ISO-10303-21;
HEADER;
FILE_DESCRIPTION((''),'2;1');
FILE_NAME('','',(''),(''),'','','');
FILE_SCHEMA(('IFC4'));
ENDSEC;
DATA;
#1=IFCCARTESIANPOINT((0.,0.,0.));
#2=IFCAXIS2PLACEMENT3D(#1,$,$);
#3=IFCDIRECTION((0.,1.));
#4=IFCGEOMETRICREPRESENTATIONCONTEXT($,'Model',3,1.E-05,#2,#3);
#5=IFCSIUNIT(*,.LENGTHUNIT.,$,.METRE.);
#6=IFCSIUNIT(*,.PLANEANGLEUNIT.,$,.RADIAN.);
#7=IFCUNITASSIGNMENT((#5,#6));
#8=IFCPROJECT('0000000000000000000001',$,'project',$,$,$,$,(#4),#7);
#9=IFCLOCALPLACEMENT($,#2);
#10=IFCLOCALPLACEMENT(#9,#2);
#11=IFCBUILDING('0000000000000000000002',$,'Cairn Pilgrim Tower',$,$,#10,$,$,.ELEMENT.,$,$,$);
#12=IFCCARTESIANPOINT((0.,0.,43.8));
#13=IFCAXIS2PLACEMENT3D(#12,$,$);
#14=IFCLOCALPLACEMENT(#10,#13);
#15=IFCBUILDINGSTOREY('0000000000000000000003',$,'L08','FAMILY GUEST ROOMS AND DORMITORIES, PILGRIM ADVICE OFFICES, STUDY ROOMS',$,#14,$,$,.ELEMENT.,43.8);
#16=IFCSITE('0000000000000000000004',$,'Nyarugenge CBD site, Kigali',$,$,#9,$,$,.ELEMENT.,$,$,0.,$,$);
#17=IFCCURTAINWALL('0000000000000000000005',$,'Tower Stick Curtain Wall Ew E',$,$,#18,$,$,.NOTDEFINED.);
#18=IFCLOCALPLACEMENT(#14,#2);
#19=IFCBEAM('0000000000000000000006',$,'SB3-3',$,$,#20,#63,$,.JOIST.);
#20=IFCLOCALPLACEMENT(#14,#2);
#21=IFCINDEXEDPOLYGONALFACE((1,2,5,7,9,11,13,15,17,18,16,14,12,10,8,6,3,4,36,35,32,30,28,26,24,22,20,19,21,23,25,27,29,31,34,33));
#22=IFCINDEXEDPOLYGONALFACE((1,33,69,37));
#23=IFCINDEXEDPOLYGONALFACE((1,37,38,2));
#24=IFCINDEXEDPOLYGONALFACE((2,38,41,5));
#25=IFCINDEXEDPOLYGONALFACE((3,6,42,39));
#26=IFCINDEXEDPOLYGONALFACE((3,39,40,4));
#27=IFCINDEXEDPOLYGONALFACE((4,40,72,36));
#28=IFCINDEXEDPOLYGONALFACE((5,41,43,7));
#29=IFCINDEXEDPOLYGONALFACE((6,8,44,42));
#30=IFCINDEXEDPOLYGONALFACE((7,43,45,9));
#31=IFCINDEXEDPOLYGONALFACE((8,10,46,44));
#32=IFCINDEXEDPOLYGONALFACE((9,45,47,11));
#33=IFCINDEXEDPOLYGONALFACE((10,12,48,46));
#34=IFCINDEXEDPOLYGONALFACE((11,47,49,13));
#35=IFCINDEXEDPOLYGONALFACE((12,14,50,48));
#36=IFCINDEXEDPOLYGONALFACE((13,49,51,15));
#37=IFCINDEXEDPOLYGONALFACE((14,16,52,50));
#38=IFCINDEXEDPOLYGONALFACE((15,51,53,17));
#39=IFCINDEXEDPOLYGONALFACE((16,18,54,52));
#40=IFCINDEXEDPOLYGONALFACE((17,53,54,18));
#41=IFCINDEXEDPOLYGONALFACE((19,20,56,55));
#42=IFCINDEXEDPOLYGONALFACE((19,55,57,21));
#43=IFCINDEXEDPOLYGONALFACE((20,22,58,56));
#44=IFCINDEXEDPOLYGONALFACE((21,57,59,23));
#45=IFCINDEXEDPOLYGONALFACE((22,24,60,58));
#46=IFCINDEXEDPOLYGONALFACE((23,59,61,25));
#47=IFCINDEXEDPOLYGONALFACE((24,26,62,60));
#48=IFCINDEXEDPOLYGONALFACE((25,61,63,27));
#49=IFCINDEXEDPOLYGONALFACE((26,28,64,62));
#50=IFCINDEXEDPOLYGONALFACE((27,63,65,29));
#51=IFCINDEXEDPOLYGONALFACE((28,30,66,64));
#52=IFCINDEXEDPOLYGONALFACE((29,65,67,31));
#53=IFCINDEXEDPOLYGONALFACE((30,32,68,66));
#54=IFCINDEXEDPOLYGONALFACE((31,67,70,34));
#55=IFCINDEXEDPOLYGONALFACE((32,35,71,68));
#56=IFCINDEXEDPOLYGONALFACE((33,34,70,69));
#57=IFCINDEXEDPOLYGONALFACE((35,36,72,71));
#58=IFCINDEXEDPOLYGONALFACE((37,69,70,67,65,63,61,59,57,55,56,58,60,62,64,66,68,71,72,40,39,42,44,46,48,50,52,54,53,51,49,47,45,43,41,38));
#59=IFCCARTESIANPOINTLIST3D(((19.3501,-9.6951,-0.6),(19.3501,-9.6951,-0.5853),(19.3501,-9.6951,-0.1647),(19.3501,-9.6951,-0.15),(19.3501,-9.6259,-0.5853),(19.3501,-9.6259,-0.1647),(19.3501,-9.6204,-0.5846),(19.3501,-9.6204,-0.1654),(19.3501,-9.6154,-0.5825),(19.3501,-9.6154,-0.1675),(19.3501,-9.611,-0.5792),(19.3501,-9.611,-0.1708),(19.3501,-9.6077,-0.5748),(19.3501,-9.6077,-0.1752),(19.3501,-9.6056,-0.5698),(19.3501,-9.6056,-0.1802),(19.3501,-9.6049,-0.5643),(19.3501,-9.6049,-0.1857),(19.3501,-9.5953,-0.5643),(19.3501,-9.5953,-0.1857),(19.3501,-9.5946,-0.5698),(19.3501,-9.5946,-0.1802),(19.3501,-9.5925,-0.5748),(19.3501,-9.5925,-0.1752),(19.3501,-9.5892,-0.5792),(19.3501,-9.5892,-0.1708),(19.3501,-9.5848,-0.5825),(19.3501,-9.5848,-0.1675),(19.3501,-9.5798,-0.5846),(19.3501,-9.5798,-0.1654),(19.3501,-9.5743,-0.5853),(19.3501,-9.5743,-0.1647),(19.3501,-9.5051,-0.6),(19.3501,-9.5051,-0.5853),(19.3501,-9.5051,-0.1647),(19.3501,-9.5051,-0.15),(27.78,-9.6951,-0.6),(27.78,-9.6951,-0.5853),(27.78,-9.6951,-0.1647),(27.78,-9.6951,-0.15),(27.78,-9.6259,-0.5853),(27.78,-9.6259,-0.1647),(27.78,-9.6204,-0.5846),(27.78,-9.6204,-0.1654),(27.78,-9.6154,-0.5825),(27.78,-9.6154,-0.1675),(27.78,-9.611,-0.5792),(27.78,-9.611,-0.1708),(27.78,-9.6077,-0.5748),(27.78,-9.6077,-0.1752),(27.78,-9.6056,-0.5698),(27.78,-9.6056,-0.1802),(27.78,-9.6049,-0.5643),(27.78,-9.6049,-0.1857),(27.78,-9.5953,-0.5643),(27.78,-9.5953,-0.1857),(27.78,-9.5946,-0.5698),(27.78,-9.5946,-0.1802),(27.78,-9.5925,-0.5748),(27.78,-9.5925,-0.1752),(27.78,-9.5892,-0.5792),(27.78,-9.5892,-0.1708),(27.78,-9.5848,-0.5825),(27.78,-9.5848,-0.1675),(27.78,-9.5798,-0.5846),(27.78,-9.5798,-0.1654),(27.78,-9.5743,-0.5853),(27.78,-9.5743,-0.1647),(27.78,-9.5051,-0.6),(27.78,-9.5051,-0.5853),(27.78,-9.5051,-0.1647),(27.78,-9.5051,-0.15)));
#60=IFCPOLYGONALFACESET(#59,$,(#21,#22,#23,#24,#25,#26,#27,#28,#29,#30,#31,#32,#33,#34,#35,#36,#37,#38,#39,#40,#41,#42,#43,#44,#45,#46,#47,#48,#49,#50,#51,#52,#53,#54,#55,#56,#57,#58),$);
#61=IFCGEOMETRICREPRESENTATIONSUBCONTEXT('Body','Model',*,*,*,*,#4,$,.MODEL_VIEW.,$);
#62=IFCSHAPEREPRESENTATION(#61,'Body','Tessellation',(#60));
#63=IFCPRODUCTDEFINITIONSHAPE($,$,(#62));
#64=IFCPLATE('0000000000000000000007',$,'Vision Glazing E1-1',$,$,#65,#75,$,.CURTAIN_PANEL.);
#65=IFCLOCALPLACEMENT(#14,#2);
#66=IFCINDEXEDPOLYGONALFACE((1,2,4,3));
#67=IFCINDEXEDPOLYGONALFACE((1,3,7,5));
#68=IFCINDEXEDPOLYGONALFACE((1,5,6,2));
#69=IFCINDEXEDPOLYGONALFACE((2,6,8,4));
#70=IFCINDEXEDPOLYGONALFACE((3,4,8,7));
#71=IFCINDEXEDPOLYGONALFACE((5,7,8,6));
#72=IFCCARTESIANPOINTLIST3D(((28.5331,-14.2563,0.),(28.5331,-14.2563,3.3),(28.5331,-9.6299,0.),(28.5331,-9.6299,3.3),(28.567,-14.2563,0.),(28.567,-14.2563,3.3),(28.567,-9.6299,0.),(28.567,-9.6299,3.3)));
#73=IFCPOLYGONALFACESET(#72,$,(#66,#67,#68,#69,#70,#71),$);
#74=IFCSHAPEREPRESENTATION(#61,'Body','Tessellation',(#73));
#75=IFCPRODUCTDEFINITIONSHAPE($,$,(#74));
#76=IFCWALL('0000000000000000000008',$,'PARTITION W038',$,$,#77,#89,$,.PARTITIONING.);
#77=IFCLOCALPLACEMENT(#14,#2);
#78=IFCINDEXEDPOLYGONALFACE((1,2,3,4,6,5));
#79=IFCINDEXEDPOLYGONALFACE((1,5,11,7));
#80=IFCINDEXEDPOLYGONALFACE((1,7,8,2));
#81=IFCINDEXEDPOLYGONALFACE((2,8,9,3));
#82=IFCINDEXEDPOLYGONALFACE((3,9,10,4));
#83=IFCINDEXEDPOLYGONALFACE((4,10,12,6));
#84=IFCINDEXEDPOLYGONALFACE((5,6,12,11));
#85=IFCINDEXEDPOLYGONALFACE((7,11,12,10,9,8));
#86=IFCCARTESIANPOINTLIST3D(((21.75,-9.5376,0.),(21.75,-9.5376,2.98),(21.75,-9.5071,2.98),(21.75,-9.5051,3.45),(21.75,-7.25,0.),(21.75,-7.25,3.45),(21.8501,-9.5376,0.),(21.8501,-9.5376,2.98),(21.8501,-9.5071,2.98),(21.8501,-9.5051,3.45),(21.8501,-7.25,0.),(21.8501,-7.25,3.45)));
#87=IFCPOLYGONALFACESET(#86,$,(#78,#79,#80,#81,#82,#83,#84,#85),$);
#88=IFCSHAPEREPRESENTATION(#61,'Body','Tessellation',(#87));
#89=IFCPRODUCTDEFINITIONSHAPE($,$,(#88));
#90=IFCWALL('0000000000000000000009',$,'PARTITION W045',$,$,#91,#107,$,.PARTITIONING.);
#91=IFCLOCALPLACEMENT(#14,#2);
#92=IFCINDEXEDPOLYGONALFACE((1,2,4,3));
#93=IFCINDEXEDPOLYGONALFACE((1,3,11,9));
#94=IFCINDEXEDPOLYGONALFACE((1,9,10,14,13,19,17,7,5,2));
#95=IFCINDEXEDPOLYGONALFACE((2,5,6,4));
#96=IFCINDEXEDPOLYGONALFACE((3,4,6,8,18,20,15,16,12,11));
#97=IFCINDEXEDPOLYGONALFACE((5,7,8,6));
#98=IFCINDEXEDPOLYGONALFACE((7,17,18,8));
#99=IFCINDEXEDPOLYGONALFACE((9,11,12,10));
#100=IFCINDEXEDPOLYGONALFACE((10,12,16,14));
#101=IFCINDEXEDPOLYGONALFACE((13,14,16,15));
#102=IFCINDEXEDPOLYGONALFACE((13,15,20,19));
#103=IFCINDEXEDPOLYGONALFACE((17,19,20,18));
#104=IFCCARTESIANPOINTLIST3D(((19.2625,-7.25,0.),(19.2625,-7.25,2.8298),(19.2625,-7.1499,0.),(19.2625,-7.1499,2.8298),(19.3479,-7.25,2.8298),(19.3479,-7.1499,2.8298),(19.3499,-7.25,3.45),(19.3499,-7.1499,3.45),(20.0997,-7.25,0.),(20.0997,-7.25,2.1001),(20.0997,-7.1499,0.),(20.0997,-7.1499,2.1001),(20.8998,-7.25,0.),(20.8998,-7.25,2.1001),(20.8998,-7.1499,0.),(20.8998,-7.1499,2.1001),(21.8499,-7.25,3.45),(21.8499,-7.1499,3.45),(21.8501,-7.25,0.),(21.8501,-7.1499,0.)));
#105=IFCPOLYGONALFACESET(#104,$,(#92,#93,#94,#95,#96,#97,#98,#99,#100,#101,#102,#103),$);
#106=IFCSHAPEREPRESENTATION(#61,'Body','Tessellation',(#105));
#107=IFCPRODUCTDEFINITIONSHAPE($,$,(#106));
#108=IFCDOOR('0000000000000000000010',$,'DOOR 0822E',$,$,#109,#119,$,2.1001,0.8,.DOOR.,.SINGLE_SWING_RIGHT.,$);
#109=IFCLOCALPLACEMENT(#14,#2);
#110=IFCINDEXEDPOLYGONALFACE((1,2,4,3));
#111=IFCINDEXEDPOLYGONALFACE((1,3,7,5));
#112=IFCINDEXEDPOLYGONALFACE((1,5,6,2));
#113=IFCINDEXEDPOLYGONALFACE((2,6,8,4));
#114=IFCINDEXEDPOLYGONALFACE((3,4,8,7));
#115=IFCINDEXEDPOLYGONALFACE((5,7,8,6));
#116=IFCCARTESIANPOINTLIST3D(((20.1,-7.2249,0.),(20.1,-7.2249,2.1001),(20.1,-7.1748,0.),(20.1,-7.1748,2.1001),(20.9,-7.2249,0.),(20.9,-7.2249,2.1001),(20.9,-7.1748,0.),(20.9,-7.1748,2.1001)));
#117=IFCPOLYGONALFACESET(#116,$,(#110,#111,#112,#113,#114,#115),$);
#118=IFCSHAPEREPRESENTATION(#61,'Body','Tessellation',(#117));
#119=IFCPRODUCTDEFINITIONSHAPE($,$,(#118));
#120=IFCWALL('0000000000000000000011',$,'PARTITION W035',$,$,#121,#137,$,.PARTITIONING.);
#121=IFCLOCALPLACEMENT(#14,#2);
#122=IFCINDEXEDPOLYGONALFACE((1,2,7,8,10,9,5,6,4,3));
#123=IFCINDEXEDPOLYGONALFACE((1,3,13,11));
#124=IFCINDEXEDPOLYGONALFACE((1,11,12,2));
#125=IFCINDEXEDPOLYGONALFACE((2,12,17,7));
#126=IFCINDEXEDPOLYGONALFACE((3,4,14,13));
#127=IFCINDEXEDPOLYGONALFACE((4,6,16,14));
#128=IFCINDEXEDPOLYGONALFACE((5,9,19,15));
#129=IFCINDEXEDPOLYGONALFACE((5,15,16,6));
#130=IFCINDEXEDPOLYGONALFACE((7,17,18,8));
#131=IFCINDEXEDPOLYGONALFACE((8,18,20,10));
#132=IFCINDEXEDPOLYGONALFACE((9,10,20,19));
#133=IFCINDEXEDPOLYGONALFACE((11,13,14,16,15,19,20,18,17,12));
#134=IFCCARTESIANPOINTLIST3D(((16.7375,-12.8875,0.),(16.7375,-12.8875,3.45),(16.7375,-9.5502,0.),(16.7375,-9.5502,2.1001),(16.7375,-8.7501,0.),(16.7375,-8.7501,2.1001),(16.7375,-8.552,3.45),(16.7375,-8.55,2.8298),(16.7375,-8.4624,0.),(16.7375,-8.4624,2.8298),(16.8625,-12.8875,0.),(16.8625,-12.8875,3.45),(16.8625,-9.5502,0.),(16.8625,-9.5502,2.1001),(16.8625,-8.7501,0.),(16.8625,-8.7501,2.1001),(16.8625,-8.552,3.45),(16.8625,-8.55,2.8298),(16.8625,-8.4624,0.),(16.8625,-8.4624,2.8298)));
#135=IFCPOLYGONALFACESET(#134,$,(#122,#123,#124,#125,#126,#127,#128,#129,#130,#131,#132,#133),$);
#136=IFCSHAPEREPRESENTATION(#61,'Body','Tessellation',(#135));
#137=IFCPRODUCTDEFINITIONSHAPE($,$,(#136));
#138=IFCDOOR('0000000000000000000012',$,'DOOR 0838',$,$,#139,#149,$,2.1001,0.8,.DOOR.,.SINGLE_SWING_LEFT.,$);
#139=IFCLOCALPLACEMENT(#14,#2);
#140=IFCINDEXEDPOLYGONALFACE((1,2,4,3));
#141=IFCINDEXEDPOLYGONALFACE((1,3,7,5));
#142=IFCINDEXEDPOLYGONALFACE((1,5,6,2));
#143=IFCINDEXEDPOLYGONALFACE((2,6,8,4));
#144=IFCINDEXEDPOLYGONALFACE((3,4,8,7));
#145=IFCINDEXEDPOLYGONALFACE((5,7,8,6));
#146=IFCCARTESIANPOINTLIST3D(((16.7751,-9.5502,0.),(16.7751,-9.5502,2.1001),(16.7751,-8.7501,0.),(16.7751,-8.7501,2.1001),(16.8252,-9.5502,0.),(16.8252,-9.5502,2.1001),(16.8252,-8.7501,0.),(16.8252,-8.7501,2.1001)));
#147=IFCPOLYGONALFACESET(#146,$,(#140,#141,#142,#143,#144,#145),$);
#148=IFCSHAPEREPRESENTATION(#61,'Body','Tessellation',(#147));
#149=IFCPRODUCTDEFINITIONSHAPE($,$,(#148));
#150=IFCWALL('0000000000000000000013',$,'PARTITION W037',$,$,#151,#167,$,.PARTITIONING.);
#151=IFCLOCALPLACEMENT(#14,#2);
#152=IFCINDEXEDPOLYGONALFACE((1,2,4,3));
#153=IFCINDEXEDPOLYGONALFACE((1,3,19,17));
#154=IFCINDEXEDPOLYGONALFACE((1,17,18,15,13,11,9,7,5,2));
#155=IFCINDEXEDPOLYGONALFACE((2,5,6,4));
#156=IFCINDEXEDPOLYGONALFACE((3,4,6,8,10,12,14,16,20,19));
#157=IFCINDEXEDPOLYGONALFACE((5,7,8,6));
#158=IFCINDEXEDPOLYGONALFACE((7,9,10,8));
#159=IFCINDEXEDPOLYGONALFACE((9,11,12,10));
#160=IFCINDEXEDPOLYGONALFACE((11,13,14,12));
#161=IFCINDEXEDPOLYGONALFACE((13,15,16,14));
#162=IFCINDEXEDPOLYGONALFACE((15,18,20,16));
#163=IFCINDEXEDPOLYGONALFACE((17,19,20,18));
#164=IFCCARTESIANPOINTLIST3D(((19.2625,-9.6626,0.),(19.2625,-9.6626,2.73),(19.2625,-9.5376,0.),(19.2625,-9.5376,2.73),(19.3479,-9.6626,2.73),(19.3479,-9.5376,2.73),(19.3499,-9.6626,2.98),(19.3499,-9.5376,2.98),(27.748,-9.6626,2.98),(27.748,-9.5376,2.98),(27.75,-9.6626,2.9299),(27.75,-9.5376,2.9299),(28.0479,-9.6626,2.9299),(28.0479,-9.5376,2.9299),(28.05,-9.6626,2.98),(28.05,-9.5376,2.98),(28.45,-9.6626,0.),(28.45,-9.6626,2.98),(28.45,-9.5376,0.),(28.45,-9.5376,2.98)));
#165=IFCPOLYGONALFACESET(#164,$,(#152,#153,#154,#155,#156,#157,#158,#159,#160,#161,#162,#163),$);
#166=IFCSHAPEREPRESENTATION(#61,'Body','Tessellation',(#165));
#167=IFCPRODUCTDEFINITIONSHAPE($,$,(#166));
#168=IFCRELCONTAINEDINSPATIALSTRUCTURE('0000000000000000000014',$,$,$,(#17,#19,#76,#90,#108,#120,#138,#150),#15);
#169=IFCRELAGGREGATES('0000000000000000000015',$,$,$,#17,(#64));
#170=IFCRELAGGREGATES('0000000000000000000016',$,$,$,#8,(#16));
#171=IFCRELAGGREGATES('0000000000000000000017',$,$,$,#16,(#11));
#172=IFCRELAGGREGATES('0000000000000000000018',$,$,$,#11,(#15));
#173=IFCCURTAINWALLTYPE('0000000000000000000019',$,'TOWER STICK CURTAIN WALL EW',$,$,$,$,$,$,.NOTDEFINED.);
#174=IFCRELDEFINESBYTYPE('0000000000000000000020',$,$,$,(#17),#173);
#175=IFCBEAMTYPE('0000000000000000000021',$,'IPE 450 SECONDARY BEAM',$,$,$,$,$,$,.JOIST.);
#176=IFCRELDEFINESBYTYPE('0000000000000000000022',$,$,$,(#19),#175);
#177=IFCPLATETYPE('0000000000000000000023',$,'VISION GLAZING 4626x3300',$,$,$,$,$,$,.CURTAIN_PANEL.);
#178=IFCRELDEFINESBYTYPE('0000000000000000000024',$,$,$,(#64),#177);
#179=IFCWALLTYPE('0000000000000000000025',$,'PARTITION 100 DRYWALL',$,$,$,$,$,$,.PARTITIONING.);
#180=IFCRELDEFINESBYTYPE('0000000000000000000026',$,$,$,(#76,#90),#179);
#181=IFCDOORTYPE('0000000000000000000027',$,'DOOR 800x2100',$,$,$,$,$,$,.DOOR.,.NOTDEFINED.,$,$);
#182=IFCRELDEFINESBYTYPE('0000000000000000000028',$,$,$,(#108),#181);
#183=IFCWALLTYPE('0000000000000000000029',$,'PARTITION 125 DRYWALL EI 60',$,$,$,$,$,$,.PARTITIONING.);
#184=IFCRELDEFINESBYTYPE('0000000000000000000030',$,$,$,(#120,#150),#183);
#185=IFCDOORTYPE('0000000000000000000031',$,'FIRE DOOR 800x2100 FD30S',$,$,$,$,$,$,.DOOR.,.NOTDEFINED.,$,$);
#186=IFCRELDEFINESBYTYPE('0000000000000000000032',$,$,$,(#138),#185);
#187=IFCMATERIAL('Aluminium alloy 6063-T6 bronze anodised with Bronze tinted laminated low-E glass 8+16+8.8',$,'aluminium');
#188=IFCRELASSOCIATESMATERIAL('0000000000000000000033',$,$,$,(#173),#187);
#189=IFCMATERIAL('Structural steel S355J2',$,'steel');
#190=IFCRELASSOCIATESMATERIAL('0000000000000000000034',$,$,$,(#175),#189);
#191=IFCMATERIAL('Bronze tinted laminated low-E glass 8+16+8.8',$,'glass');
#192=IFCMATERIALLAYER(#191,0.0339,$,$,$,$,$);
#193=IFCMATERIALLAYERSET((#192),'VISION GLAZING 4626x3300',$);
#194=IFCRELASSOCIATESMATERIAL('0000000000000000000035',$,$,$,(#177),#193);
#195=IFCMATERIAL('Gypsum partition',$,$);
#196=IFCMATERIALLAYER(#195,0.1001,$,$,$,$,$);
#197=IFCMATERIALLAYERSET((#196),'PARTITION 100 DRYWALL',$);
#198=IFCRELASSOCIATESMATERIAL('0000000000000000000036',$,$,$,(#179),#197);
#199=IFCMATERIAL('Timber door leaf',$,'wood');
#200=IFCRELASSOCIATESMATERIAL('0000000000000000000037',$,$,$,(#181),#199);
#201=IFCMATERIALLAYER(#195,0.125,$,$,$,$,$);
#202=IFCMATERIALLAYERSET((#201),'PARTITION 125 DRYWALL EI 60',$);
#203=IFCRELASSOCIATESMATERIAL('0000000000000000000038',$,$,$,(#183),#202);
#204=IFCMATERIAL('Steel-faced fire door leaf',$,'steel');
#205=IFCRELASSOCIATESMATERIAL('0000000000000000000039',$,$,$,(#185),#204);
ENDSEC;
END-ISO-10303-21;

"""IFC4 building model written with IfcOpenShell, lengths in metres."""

from ifc_helpers import new_model, si_unit, direction, frame, frame_2d, origin, origin_2d, place, context, subcontext, project, spatial, polyline, rectangle, i_section, outline, extrude, material, layer, layer_set, material_profile, profile_set, type_object, element, fill, aggregate, save


model = new_model("IFC4")

# Units and contexts
model_context = context("Model", 3, precision=1e-05, world=origin(), true_north=direction((0.0, 1.0)))
body_context = subcontext(model_context, "Body", "Model", "MODEL_VIEW")
ifc_project = project(units=[si_unit("LENGTHUNIT", "METRE"), si_unit("PLANEANGLEUNIT", "RADIAN")], contexts=[model_context])

# Site, building, storey
site_placement = place(None, origin())
site = spatial("IfcSite", under=ifc_project, at=site_placement, Name="Nyarugenge CBD site, Kigali", CompositionType="ELEMENT", RefElevation=0.0)
building_placement = place(site_placement, origin())
building = spatial("IfcBuilding", under=site, at=building_placement, Name="Cairn Pilgrim Tower", CompositionType="ELEMENT")
storey_placement = place(building_placement, frame((0.0, 0.0, 43.8)))
storey = spatial("IfcBuildingStorey", under=building, at=storey_placement, Name="L08", Description="FAMILY GUEST ROOMS AND DORMITORIES, PILGRIM ADVICE OFFICES, STUDY ROOMS", CompositionType="ELEMENT", Elevation=43.8)

# Curtain wall
ifc_material_1 = material(Name="Aluminium alloy 6063-T6 bronze anodised with Bronze tinted laminated low-E glass 8+16+8.8", Category="aluminium")
curtain_wall_type = type_object("IfcCurtainWallType", Name="TOWER STICK CURTAIN WALL EW", PredefinedType="NOTDEFINED", material=ifc_material_1)
curtain_wall_placement = place(storey_placement, origin())
curtain_wall = element("IfcCurtainWall", 1, at=curtain_wall_placement, inside=storey, type_object=curtain_wall_type, Name="Tower Stick Curtain Wall Ew E", PredefinedType="NOTDEFINED")

# Beam
ifc_material_2 = material(Name="Structural steel S355J2", Category="steel")
ifc_material_profile_1 = material_profile(ifc_material_2, i_section(OverallWidth=0.1899, OverallDepth=0.45, WebThickness=0.0095, FlangeThickness=0.0146, FilletRadius=0.021, at=origin_2d()), Name="IPE 450")
ifc_profile_set_1 = profile_set([ifc_material_profile_1], Name="Structural steel S355J2")
beam_type_1 = type_object("IfcBeamType", Name="IPE 450 SECONDARY BEAM", PredefinedType="JOIST", material=ifc_profile_set_1)
beam_1_placement = place(storey_placement, frame((19.3501, -9.6001, -0.375), z_axis=(1.0, 0.0, 0.0), x_axis=(0.0, 1.0, 0.0)))
element("IfcBeam", 2, at=beam_1_placement, inside=storey, type_object=beam_type_1, Name="SB3-3", PredefinedType="JOIST", context=body_context, shape_type="SweptSolid", body=[
    extrude(i_section(OverallWidth=0.1899, OverallDepth=0.45, WebThickness=0.0095, FlangeThickness=0.0146, FilletRadius=0.021, at=origin_2d()), origin(), (0.0, 0.0, 1.0), 8.4299),
])

# Plate
ifc_material_3 = material(Name="Bronze tinted laminated low-E glass 8+16+8.8", Category="glass")
ifc_layer_1 = layer(ifc_material_3, 0.0339)
ifc_layer_set_1 = layer_set([ifc_layer_1], Name="VISION GLAZING 4626x3300")
plate_type = type_object("IfcPlateType", Name="VISION GLAZING 4626x3300", PredefinedType="CURTAIN_PANEL", material=ifc_layer_set_1)
plate_placement = place(storey_placement, frame((28.55, -11.9431, 0.0), z_axis=(0.0, 0.0, 1.0), x_axis=(0.0, 1.0, 0.0)))
plate = element("IfcPlate", 3, at=plate_placement, type_object=plate_type, Name="Vision Glazing E1-1", PredefinedType="CURTAIN_PANEL", context=body_context, shape_type="SweptSolid", body=[
    extrude(rectangle(XDim=4.6265, YDim=0.0339, at=origin_2d()), origin(), (0.0, 0.0, 1.0), 3.3),
])
aggregate(curtain_wall, [plate])

# Wall
ifc_material_4 = material(Name="Gypsum partition")
ifc_layer_2 = layer(ifc_material_4, 0.1001)
ifc_layer_set_2 = layer_set([ifc_layer_2], Name="PARTITION 100 DRYWALL")
wall_type_1 = type_object("IfcWallType", Name="PARTITION 100 DRYWALL", PredefinedType="PARTITIONING", material=ifc_layer_set_2)
wall_1_placement = place(storey_placement, frame((21.8, -9.5376, 0.0), z_axis=(0.0, 0.0, 1.0), x_axis=(0.0, 1.0, 0.0)))
element("IfcWall", 4, at=wall_1_placement, inside=storey, type_object=wall_type_1, Name="PARTITION W038", PredefinedType="PARTITIONING", context=body_context, shape_type="SweptSolid", body=[
    extrude(outline(polyline([(0.0, 0.0), (2.2876, 0.0), (2.2876, 3.45), (0.0325, 3.45), (0.0305, 2.98), (0.0, 2.98), (0.0, 0.0)])), frame((0.0, 0.05, 0.0), z_axis=(0.0, -1.0, 0.0), x_axis=(1.0, 0.0, 0.0)), (0.0, 0.0, 1.0), 0.1001),
])

# Walls, openings, doors
wall_2_placement = place(storey_placement, frame((19.2625, -7.2, 0.0), z_axis=(0.0, 0.0, 1.0), x_axis=(1.0, 0.0, 0.0)))
wall_2 = element("IfcWall", 5, at=wall_2_placement, inside=storey, type_object=wall_type_1, Name="PARTITION W045", PredefinedType="PARTITIONING", context=body_context, shape_type="SweptSolid", body=[
    extrude(outline(polyline([(0.0, 0.0), (2.5876, 0.0), (2.5874, 3.45), (0.0874, 3.45), (0.0854, 2.8298), (0.0, 2.8298), (0.0, 0.0)])), frame((0.0, 0.05, 0.0), z_axis=(0.0, -1.0, 0.0), x_axis=(1.0, 0.0, 0.0)), (0.0, 0.0, 1.0), 0.1001),
])
opening_1_placement = place(wall_2_placement, frame((0.8374, 0.0, 0.0)))
opening_1 = element("IfcOpeningElement", 6, at=opening_1_placement, cuts=wall_2, PredefinedType="OPENING", context=body_context, shape_type="SweptSolid", body=[
    extrude(rectangle(XDim=0.8, YDim=2.1001, at=frame_2d((0.3999, 1.05))), frame((0.0, 0.0601, 0.0), z_axis=(0.0, -1.0, 0.0), x_axis=(1.0, 0.0, 0.0)), (0.0, 0.0, 1.0), 0.1201),
])
ifc_material_5 = material(Name="Timber door leaf", Category="wood")
door_type_1 = type_object("IfcDoorType", Name="DOOR 800x2100", OperationType="NOTDEFINED", PredefinedType="DOOR", material=ifc_material_5)
door_1_placement = place(opening_1_placement, frame((0.8, 0.0, 0.0), z_axis=(0.0, 0.0, 1.0), x_axis=(-1.0, 0.0, 0.0)))
door_1 = element("IfcDoor", 7, at=door_1_placement, inside=storey, type_object=door_type_1, Name="DOOR 0822E", OperationType="SINGLE_SWING_RIGHT", OverallHeight=2.1001, OverallWidth=0.8, PredefinedType="DOOR", context=body_context, shape_type="SweptSolid", body=[
    extrude(rectangle(XDim=0.8, YDim=2.1001, at=frame_2d((0.3999, 1.05))), frame((0.0, 0.0249, 0.0), z_axis=(0.0, -1.0, 0.0), x_axis=(1.0, 0.0, 0.0)), (0.0, 0.0, 1.0), 0.05),
])
fill(opening_1, door_1)
ifc_layer_3 = layer(ifc_material_4, 0.125)
ifc_layer_set_3 = layer_set([ifc_layer_3], Name="PARTITION 125 DRYWALL EI 60")
wall_type_2 = type_object("IfcWallType", Name="PARTITION 125 DRYWALL EI 60", PredefinedType="PARTITIONING", material=ifc_layer_set_3)
wall_3_placement = place(storey_placement, frame((16.8, -12.8875, 0.0), z_axis=(0.0, 0.0, 1.0), x_axis=(0.0, 1.0, 0.0)))
wall_3 = element("IfcWall", 8, at=wall_3_placement, inside=storey, type_object=wall_type_2, Name="PARTITION W035", PredefinedType="PARTITIONING", context=body_context, shape_type="SweptSolid", body=[
    extrude(outline(polyline([(0.0, 0.0), (4.425, 0.0), (4.425, 2.8298), (4.3374, 2.8298), (4.3354, 3.45), (0.0, 3.45), (0.0, 0.0)])), frame((0.0, 0.0625, 0.0), z_axis=(0.0, -1.0, 0.0), x_axis=(1.0, 0.0, 0.0)), (0.0, 0.0, 1.0), 0.125),
])
opening_2_placement = place(wall_3_placement, frame((3.3374, 0.0, 0.0)))
opening_2 = element("IfcOpeningElement", 9, at=opening_2_placement, cuts=wall_3, PredefinedType="OPENING", context=body_context, shape_type="SweptSolid", body=[
    extrude(rectangle(XDim=0.8, YDim=2.1001, at=frame_2d((0.3999, 1.05))), frame((0.0, 0.0725, 0.0), z_axis=(0.0, -1.0, 0.0), x_axis=(1.0, 0.0, 0.0)), (0.0, 0.0, 1.0), 0.145),
])
ifc_material_6 = material(Name="Steel-faced fire door leaf", Category="steel")
door_type_2 = type_object("IfcDoorType", Name="FIRE DOOR 800x2100 FD30S", OperationType="NOTDEFINED", PredefinedType="DOOR", material=ifc_material_6)
door_2_placement = place(opening_2_placement, origin())
door_2 = element("IfcDoor", 10, at=door_2_placement, inside=storey, type_object=door_type_2, Name="DOOR 0838", OperationType="SINGLE_SWING_LEFT", OverallHeight=2.1001, OverallWidth=0.8, PredefinedType="DOOR", context=body_context, shape_type="SweptSolid", body=[
    extrude(rectangle(XDim=0.8, YDim=2.1001, at=frame_2d((0.3999, 1.05))), frame((0.0, 0.0249, 0.0), z_axis=(0.0, -1.0, 0.0), x_axis=(1.0, 0.0, 0.0)), (0.0, 0.0, 1.0), 0.05),
])
fill(opening_2, door_2)

# Wall
wall_4_placement = place(storey_placement, frame((19.2625, -9.6001, 0.0), z_axis=(0.0, 0.0, 1.0), x_axis=(1.0, 0.0, 0.0)))
element("IfcWall", 11, at=wall_4_placement, inside=storey, type_object=wall_type_2, Name="PARTITION W037", PredefinedType="PARTITIONING", context=body_context, shape_type="SweptSolid", body=[
    extrude(outline(polyline([(0.0, 0.0), (9.1875, 0.0), (9.1875, 2.98), (8.7876, 2.98), (8.7854, 2.9299), (8.4875, 2.9299), (8.4856, 2.98), (0.0874, 2.98), (0.0854, 2.73), (0.0, 2.73), (0.0, 0.0)])), frame((0.0, 0.0625, 0.0), z_axis=(0.0, -1.0, 0.0), x_axis=(1.0, 0.0, 0.0)), (0.0, 0.0, 1.0), 0.125),
])

save(model, "model.ifc")
